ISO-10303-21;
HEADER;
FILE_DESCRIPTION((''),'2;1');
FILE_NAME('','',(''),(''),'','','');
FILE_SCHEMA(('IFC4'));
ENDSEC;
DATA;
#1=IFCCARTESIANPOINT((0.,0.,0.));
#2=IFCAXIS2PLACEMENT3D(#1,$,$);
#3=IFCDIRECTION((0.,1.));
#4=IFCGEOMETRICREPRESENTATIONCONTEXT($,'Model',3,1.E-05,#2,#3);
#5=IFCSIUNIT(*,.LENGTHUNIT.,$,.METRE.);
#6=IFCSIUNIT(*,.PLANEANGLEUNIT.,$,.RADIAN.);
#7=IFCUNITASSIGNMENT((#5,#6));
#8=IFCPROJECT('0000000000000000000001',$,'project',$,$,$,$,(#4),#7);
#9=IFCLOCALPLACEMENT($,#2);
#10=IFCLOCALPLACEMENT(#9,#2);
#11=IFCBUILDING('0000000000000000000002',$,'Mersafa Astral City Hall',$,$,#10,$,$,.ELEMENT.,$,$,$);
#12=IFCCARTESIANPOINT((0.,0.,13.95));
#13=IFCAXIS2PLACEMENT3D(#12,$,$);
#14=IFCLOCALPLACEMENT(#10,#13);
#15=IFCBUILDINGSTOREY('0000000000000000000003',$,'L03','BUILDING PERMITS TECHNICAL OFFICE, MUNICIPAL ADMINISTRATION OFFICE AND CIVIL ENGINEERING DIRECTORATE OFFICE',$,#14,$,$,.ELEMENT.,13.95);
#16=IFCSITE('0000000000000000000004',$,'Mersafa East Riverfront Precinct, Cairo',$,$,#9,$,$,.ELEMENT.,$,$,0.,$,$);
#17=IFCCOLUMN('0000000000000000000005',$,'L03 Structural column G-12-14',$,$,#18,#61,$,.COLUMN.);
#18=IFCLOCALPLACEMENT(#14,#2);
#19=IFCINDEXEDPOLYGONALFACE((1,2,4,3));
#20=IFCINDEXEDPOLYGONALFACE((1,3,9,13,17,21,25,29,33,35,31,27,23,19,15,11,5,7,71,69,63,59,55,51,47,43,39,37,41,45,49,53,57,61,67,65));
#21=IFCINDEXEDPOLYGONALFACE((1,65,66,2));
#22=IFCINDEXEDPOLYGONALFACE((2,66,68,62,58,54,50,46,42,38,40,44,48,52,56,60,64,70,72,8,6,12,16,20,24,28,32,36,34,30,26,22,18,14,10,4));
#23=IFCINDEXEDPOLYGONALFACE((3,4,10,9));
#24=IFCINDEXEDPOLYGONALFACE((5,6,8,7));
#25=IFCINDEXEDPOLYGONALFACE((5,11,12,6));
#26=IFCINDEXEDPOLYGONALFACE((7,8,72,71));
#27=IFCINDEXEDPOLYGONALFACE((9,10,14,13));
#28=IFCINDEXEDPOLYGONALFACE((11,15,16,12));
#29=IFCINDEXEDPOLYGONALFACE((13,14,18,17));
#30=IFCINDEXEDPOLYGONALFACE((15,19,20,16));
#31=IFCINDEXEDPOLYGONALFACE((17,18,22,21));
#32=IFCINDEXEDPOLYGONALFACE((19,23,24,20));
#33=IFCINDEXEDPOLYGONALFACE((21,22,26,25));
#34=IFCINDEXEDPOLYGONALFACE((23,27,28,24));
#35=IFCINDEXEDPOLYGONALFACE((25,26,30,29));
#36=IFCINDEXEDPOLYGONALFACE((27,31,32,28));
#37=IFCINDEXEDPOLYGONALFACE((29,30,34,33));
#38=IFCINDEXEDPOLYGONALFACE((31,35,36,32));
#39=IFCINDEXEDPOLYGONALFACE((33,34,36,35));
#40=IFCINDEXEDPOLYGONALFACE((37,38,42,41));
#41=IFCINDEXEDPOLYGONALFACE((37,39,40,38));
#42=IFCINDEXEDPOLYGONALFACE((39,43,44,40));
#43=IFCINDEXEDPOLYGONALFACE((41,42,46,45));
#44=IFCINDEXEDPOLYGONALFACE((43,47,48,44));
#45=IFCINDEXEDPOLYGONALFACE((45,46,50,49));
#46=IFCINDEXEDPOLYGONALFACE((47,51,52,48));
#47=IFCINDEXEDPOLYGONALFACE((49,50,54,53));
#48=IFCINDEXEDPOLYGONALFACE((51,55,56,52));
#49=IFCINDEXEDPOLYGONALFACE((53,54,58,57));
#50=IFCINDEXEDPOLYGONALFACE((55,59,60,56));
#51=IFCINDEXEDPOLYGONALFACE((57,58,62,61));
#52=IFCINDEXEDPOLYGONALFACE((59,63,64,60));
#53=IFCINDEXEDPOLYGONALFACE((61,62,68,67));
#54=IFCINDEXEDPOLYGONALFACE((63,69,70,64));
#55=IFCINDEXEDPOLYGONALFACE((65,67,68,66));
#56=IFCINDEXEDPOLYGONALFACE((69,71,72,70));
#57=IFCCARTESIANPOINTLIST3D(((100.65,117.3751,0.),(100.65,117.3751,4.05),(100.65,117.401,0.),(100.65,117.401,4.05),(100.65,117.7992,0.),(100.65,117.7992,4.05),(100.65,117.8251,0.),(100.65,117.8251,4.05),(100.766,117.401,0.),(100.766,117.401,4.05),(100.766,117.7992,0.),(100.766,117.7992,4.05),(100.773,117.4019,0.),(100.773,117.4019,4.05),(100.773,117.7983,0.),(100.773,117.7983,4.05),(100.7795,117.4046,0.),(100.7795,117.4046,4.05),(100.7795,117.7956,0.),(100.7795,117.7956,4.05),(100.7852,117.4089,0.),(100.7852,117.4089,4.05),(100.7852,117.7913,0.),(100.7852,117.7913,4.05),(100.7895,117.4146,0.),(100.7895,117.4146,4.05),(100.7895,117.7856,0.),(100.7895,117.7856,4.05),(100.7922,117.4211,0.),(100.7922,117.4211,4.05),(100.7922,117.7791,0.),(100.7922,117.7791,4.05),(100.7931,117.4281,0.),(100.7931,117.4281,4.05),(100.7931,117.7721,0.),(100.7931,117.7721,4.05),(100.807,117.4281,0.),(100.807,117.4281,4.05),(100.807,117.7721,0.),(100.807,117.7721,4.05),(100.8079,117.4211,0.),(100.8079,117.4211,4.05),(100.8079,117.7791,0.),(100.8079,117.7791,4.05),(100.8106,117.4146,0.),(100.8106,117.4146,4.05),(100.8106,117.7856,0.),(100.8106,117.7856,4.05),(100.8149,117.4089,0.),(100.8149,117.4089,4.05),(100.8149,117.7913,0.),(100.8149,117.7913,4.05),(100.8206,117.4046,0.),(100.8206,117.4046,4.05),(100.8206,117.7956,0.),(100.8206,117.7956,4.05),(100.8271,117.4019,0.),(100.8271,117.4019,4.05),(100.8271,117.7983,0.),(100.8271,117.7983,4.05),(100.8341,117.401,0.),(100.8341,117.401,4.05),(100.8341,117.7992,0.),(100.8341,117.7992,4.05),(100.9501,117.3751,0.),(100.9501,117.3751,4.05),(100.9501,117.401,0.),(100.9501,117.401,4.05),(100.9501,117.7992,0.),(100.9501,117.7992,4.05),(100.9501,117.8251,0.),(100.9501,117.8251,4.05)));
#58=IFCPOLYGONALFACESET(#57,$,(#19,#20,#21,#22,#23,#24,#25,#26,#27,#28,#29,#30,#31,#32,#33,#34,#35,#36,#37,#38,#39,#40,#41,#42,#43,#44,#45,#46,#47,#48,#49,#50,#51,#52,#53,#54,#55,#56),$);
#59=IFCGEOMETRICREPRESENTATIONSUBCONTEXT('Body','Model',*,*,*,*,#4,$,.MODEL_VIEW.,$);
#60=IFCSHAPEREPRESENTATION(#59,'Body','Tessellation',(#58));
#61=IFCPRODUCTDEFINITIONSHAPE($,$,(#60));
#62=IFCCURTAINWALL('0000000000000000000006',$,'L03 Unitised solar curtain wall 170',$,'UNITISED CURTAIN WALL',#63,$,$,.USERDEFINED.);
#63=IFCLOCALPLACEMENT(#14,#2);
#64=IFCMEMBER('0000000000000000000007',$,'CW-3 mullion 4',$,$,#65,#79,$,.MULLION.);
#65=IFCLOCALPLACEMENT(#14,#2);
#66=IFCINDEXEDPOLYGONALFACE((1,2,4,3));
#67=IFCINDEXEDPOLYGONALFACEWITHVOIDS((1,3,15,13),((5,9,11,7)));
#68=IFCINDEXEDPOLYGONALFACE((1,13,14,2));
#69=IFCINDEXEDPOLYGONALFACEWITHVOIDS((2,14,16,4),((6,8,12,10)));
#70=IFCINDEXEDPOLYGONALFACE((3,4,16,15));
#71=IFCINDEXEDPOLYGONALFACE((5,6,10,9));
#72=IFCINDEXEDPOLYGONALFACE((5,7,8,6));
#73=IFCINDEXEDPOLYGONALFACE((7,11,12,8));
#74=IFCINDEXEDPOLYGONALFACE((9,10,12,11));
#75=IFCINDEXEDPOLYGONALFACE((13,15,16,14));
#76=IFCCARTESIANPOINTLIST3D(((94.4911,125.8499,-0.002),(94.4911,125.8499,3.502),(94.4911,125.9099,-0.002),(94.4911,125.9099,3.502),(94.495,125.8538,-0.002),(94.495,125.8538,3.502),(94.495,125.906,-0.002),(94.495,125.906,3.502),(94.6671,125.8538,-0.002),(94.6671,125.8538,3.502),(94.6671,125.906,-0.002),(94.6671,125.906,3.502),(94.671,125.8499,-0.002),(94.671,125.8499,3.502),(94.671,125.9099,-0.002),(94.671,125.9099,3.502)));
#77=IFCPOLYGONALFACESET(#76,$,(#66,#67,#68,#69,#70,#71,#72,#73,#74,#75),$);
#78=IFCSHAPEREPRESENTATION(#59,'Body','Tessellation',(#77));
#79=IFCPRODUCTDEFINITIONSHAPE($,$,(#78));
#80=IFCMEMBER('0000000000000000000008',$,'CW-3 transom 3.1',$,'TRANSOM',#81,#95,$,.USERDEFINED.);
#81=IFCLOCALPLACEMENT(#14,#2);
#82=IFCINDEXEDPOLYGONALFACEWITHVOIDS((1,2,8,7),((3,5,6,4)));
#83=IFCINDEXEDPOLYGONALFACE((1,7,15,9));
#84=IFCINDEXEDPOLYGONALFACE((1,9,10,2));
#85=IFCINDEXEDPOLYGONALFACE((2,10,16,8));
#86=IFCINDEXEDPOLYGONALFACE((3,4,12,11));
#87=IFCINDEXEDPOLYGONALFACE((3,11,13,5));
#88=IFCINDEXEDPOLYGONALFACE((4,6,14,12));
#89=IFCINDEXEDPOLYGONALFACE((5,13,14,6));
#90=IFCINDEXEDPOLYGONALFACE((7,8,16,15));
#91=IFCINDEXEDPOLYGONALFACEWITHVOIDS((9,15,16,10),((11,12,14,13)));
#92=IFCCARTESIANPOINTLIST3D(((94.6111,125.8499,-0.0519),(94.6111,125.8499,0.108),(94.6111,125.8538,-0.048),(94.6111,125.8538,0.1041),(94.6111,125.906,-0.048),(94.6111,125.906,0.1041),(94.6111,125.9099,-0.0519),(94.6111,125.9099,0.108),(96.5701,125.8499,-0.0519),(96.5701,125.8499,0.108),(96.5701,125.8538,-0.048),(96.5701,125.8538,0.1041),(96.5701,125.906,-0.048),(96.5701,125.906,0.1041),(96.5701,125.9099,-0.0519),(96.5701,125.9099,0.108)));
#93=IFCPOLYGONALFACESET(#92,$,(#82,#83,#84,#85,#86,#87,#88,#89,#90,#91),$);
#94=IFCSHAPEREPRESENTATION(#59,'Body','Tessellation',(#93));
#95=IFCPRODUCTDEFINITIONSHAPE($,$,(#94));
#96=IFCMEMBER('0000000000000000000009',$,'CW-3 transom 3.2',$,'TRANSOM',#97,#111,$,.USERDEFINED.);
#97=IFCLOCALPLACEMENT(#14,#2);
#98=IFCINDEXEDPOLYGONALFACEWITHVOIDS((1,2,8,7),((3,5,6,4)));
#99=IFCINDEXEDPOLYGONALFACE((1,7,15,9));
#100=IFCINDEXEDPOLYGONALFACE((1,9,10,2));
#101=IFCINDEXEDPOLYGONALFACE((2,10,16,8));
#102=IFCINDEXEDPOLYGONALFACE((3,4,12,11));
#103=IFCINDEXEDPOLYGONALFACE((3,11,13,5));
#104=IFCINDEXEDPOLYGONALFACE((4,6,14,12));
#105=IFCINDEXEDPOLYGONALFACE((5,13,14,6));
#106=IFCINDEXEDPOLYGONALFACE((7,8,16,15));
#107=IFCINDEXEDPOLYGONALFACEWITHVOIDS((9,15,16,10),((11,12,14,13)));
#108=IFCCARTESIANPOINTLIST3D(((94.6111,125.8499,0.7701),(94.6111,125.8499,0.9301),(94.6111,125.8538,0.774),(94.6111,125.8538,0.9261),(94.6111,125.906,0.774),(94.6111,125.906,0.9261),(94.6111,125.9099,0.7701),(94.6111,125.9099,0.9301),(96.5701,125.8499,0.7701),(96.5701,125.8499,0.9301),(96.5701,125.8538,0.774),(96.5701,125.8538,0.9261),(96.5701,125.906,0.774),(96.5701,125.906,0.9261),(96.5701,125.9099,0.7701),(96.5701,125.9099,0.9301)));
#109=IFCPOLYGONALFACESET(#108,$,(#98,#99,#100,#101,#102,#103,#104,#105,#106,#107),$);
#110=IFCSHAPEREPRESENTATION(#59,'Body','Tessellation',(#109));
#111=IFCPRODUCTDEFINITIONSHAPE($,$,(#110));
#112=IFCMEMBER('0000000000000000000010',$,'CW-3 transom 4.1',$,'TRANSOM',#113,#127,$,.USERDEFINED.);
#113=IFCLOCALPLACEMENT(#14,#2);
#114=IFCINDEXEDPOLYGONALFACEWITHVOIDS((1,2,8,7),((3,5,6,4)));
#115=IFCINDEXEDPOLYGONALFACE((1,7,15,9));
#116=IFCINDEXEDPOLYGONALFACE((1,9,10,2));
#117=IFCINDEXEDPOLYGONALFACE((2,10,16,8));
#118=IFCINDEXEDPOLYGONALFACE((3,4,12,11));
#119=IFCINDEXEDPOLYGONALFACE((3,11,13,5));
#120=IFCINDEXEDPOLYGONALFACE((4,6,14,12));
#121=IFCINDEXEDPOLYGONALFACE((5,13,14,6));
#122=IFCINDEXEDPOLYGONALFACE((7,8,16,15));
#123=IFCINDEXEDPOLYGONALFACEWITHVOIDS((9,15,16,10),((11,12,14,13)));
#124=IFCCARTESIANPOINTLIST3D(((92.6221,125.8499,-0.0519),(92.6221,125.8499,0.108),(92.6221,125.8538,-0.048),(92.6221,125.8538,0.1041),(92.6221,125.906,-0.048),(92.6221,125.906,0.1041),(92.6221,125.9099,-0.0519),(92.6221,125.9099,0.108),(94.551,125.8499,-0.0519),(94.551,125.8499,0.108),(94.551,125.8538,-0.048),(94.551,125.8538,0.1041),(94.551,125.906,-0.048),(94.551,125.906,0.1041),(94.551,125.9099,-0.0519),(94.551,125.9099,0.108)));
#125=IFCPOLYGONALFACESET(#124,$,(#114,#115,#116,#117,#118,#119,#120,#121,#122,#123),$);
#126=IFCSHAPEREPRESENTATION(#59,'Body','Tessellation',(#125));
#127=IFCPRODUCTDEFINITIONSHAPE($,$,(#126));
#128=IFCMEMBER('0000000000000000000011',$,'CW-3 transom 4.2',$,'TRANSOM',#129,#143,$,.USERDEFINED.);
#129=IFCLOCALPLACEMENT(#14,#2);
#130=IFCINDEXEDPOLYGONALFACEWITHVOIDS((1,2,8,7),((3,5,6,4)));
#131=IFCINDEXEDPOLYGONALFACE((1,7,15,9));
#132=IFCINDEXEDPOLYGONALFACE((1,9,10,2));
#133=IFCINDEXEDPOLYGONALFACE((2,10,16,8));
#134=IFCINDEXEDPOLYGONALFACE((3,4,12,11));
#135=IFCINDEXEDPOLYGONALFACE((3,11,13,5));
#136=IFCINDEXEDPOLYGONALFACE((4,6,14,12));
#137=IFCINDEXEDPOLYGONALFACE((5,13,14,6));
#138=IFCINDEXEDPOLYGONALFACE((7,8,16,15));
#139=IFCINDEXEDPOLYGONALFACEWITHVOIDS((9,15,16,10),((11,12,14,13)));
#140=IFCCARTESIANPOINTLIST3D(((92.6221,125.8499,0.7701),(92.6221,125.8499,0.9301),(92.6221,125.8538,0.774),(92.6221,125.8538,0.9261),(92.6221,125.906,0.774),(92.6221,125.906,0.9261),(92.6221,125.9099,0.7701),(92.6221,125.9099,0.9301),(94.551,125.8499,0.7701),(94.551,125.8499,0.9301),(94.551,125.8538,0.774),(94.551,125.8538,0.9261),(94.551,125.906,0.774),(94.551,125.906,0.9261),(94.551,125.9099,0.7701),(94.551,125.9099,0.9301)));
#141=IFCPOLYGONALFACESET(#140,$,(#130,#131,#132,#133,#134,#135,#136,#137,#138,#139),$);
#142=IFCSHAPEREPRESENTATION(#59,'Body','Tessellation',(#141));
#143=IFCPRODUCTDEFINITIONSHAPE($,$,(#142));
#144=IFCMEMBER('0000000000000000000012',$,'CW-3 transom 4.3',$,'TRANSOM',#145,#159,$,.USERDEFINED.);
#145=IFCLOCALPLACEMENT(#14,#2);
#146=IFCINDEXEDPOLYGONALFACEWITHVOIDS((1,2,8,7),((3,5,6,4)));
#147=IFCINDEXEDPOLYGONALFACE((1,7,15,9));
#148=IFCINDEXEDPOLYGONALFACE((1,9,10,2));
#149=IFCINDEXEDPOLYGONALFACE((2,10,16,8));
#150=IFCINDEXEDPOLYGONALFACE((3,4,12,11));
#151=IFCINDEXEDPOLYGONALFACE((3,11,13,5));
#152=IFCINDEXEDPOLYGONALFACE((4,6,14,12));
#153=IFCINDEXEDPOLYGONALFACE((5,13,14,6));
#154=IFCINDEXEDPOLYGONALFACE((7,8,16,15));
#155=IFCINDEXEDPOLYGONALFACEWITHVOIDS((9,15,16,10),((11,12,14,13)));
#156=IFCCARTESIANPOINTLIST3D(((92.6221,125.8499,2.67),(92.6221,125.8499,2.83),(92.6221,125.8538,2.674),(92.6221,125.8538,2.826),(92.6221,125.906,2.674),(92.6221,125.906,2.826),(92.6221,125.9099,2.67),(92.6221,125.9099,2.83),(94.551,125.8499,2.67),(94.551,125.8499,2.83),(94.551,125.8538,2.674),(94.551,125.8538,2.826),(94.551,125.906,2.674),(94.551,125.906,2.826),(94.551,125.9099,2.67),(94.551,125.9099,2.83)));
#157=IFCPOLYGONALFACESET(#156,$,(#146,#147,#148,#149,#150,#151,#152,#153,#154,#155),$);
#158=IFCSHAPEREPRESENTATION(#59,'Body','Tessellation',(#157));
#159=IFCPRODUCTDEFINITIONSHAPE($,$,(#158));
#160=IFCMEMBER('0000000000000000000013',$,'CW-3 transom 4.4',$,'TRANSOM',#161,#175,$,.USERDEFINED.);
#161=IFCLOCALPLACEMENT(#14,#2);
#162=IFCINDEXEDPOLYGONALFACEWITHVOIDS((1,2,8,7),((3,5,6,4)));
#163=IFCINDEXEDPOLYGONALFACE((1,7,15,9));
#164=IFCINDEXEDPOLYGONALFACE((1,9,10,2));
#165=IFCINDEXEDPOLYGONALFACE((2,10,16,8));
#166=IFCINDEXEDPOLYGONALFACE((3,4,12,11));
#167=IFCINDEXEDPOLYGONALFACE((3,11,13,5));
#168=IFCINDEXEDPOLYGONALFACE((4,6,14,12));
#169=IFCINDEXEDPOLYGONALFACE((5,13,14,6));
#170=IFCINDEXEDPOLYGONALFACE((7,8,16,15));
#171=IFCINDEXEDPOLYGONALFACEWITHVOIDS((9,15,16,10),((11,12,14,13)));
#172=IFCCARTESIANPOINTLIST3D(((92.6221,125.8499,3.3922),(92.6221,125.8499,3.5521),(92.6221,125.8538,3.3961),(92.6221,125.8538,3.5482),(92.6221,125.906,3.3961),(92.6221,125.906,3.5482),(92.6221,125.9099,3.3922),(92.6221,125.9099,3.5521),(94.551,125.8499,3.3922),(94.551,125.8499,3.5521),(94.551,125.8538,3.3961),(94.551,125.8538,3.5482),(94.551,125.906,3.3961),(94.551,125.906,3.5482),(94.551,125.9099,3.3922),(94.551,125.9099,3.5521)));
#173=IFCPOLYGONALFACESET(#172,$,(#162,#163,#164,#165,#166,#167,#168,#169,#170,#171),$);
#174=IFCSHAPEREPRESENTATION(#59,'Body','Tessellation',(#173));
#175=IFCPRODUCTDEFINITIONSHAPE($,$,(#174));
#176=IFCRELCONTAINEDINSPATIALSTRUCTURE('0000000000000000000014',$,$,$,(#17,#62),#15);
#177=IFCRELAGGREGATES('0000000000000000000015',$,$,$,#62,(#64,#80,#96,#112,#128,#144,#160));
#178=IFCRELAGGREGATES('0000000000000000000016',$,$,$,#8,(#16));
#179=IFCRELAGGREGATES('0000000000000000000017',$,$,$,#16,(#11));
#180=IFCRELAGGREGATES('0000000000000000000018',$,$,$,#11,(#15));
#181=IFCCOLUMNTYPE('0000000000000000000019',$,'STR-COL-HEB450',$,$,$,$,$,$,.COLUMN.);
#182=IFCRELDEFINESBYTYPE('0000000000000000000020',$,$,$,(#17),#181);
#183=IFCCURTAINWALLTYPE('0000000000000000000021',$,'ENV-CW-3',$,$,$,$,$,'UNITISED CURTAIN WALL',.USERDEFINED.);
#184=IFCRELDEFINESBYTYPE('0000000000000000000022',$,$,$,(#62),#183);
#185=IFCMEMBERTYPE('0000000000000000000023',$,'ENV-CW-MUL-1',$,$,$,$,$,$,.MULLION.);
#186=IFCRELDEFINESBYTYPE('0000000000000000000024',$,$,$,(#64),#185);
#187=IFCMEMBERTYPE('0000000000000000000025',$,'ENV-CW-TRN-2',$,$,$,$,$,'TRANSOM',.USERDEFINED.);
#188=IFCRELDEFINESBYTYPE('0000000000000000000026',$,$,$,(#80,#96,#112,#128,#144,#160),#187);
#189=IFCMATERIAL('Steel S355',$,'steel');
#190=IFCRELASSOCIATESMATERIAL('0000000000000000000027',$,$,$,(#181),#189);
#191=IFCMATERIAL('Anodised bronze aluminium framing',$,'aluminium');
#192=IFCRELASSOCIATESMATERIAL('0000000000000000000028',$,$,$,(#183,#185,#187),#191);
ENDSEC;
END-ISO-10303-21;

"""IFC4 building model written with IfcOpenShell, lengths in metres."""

from ifc_helpers import new_model, si_unit, direction, frame, origin, origin_2d, place, context, subcontext, project, spatial, hollow_rectangle, i_section, extrude, material, material_profile, profile_set, type_object, element, aggregate, save


model = new_model("IFC4")

# Units and contexts
model_context = context("Model", 3, precision=1e-05, world=origin(), true_north=direction((0.0, 1.0)))
body_context = subcontext(model_context, "Body", "Model", "MODEL_VIEW")
ifc_project = project(units=[si_unit("LENGTHUNIT", "METRE"), si_unit("PLANEANGLEUNIT", "RADIAN")], contexts=[model_context])

# Site, building, storey
site_placement = place(None, origin())
site = spatial("IfcSite", under=ifc_project, at=site_placement, Name="Mersafa East Riverfront Precinct, Cairo", CompositionType="ELEMENT", RefElevation=0.0)
building_placement = place(site_placement, origin())
building = spatial("IfcBuilding", under=site, at=building_placement, Name="Mersafa Astral City Hall", CompositionType="ELEMENT")
storey_placement = place(building_placement, frame((0.0, 0.0, 13.95)))
storey = spatial("IfcBuildingStorey", under=building, at=storey_placement, Name="L03", Description="BUILDING PERMITS TECHNICAL OFFICE, MUNICIPAL ADMINISTRATION OFFICE AND CIVIL ENGINEERING DIRECTORATE OFFICE", CompositionType="ELEMENT", Elevation=13.95)

# Column
ifc_material_1 = material(Name="Steel S355", Category="steel")
ifc_material_profile_1 = material_profile(ifc_material_1, i_section(OverallWidth=0.3, OverallDepth=0.45, WebThickness=0.0139, FlangeThickness=0.0259, FilletRadius=0.0271, at=origin_2d()), Name="HEB 450")
ifc_profile_set_1 = profile_set([ifc_material_profile_1], Name="Steel S355")
column_type = type_object("IfcColumnType", Name="STR-COL-HEB450", PredefinedType="COLUMN", material=ifc_profile_set_1)
column_placement = place(storey_placement, frame((100.8, 117.6001, 0.0), z_axis=(0.0, 0.0, 1.0), x_axis=(1.0, 0.0, 0.0)))
element("IfcColumn", 1, at=column_placement, inside=storey, type_object=column_type, Name="L03 Structural column G-12-14", PredefinedType="COLUMN", context=body_context, shape_type="SweptSolid", body=[
    extrude(i_section(OverallWidth=0.3, OverallDepth=0.45, WebThickness=0.0139, FlangeThickness=0.0259, FilletRadius=0.0271, at=origin_2d()), origin(), (0.0, 0.0, 1.0), 4.05),
])

# Curtain wall, members
ifc_material_2 = material(Name="Anodised bronze aluminium framing", Category="aluminium")
curtain_wall_type = type_object("IfcCurtainWallType", Name="ENV-CW-3", ElementType="UNITISED CURTAIN WALL", PredefinedType="USERDEFINED", material=ifc_material_2)
curtain_wall_placement = place(storey_placement, origin())
curtain_wall = element("IfcCurtainWall", 2, at=curtain_wall_placement, inside=storey, type_object=curtain_wall_type, Name="L03 Unitised solar curtain wall 170", ObjectType="UNITISED CURTAIN WALL", PredefinedType="USERDEFINED")
ifc_material_profile_2 = material_profile(ifc_material_2, hollow_rectangle(XDim=0.0601, YDim=0.1799, WallThickness=0.0039, at=origin_2d()), Name="RHS 60x180x4")
ifc_profile_set_2 = profile_set([ifc_material_profile_2], Name="Anodised bronze aluminium framing")
member_type_1 = type_object("IfcMemberType", Name="ENV-CW-MUL-1", PredefinedType="MULLION", material=ifc_profile_set_2)
member_1_placement = place(storey_placement, frame((94.5811, 125.8799, -0.002), z_axis=(0.0, 0.0, 1.0), x_axis=(0.0, -1.0, 0.0)))
member_1 = element("IfcMember", 3, at=member_1_placement, type_object=member_type_1, Name="CW-3 mullion 4", PredefinedType="MULLION", context=body_context, shape_type="SweptSolid", body=[
    extrude(hollow_rectangle(XDim=0.0601, YDim=0.1799, WallThickness=0.0039, at=origin_2d()), origin(), (0.0, 0.0, 1.0), 3.5039),
])
ifc_material_profile_3 = material_profile(ifc_material_2, hollow_rectangle(XDim=0.0601, YDim=0.1599, WallThickness=0.0039, at=origin_2d()), Name="RHS 60x160x4")
ifc_profile_set_3 = profile_set([ifc_material_profile_3], Name="Anodised bronze aluminium framing")
member_type_2 = type_object("IfcMemberType", Name="ENV-CW-TRN-2", ElementType="TRANSOM", PredefinedType="USERDEFINED", material=ifc_profile_set_3)
member_2_placement = place(storey_placement, frame((96.5701, 125.8799, 0.0281), z_axis=(-1.0, 0.0, 0.0), x_axis=(0.0, -1.0, 0.0)))
member_2 = element("IfcMember", 4, at=member_2_placement, type_object=member_type_2, Name="CW-3 transom 3.1", ObjectType="TRANSOM", PredefinedType="USERDEFINED", context=body_context, shape_type="SweptSolid", body=[
    extrude(hollow_rectangle(XDim=0.0601, YDim=0.1599, WallThickness=0.0039, at=origin_2d()), origin(), (0.0, 0.0, 1.0), 1.959),
])
member_3_placement = place(storey_placement, frame((96.5701, 125.8799, 0.8501), z_axis=(-1.0, 0.0, 0.0), x_axis=(0.0, -1.0, 0.0)))
member_3 = element("IfcMember", 5, at=member_3_placement, type_object=member_type_2, Name="CW-3 transom 3.2", ObjectType="TRANSOM", PredefinedType="USERDEFINED", context=body_context, shape_type="SweptSolid", body=[
    extrude(hollow_rectangle(XDim=0.0601, YDim=0.1599, WallThickness=0.0039, at=origin_2d()), origin(), (0.0, 0.0, 1.0), 1.959),
])
member_4_placement = place(storey_placement, frame((94.551, 125.8799, 0.0281), z_axis=(-1.0, 0.0, 0.0), x_axis=(0.0, -1.0, 0.0)))
member_4 = element("IfcMember", 6, at=member_4_placement, type_object=member_type_2, Name="CW-3 transom 4.1", ObjectType="TRANSOM", PredefinedType="USERDEFINED", context=body_context, shape_type="SweptSolid", body=[
    extrude(hollow_rectangle(XDim=0.0601, YDim=0.1599, WallThickness=0.0039, at=origin_2d()), origin(), (0.0, 0.0, 1.0), 1.929),
])
member_5_placement = place(storey_placement, frame((94.551, 125.8799, 0.8501), z_axis=(-1.0, 0.0, 0.0), x_axis=(0.0, -1.0, 0.0)))
member_5 = element("IfcMember", 7, at=member_5_placement, type_object=member_type_2, Name="CW-3 transom 4.2", ObjectType="TRANSOM", PredefinedType="USERDEFINED", context=body_context, shape_type="SweptSolid", body=[
    extrude(hollow_rectangle(XDim=0.0601, YDim=0.1599, WallThickness=0.0039, at=origin_2d()), origin(), (0.0, 0.0, 1.0), 1.929),
])
member_6_placement = place(storey_placement, frame((94.551, 125.8799, 2.75), z_axis=(-1.0, 0.0, 0.0), x_axis=(0.0, -1.0, 0.0)))
member_6 = element("IfcMember", 8, at=member_6_placement, type_object=member_type_2, Name="CW-3 transom 4.3", ObjectType="TRANSOM", PredefinedType="USERDEFINED", context=body_context, shape_type="SweptSolid", body=[
    extrude(hollow_rectangle(XDim=0.0601, YDim=0.1599, WallThickness=0.0039, at=origin_2d()), origin(), (0.0, 0.0, 1.0), 1.929),
])
member_7_placement = place(storey_placement, frame((94.551, 125.8799, 3.4722), z_axis=(-1.0, 0.0, 0.0), x_axis=(0.0, -1.0, 0.0)))
member_7 = element("IfcMember", 9, at=member_7_placement, type_object=member_type_2, Name="CW-3 transom 4.4", ObjectType="TRANSOM", PredefinedType="USERDEFINED", context=body_context, shape_type="SweptSolid", body=[
    extrude(hollow_rectangle(XDim=0.0601, YDim=0.1599, WallThickness=0.0039, at=origin_2d()), origin(), (0.0, 0.0, 1.0), 1.929),
])

aggregate(curtain_wall, [member_1, member_2, member_3, member_4, member_5, member_6, member_7])

save(model, "model.ifc")
